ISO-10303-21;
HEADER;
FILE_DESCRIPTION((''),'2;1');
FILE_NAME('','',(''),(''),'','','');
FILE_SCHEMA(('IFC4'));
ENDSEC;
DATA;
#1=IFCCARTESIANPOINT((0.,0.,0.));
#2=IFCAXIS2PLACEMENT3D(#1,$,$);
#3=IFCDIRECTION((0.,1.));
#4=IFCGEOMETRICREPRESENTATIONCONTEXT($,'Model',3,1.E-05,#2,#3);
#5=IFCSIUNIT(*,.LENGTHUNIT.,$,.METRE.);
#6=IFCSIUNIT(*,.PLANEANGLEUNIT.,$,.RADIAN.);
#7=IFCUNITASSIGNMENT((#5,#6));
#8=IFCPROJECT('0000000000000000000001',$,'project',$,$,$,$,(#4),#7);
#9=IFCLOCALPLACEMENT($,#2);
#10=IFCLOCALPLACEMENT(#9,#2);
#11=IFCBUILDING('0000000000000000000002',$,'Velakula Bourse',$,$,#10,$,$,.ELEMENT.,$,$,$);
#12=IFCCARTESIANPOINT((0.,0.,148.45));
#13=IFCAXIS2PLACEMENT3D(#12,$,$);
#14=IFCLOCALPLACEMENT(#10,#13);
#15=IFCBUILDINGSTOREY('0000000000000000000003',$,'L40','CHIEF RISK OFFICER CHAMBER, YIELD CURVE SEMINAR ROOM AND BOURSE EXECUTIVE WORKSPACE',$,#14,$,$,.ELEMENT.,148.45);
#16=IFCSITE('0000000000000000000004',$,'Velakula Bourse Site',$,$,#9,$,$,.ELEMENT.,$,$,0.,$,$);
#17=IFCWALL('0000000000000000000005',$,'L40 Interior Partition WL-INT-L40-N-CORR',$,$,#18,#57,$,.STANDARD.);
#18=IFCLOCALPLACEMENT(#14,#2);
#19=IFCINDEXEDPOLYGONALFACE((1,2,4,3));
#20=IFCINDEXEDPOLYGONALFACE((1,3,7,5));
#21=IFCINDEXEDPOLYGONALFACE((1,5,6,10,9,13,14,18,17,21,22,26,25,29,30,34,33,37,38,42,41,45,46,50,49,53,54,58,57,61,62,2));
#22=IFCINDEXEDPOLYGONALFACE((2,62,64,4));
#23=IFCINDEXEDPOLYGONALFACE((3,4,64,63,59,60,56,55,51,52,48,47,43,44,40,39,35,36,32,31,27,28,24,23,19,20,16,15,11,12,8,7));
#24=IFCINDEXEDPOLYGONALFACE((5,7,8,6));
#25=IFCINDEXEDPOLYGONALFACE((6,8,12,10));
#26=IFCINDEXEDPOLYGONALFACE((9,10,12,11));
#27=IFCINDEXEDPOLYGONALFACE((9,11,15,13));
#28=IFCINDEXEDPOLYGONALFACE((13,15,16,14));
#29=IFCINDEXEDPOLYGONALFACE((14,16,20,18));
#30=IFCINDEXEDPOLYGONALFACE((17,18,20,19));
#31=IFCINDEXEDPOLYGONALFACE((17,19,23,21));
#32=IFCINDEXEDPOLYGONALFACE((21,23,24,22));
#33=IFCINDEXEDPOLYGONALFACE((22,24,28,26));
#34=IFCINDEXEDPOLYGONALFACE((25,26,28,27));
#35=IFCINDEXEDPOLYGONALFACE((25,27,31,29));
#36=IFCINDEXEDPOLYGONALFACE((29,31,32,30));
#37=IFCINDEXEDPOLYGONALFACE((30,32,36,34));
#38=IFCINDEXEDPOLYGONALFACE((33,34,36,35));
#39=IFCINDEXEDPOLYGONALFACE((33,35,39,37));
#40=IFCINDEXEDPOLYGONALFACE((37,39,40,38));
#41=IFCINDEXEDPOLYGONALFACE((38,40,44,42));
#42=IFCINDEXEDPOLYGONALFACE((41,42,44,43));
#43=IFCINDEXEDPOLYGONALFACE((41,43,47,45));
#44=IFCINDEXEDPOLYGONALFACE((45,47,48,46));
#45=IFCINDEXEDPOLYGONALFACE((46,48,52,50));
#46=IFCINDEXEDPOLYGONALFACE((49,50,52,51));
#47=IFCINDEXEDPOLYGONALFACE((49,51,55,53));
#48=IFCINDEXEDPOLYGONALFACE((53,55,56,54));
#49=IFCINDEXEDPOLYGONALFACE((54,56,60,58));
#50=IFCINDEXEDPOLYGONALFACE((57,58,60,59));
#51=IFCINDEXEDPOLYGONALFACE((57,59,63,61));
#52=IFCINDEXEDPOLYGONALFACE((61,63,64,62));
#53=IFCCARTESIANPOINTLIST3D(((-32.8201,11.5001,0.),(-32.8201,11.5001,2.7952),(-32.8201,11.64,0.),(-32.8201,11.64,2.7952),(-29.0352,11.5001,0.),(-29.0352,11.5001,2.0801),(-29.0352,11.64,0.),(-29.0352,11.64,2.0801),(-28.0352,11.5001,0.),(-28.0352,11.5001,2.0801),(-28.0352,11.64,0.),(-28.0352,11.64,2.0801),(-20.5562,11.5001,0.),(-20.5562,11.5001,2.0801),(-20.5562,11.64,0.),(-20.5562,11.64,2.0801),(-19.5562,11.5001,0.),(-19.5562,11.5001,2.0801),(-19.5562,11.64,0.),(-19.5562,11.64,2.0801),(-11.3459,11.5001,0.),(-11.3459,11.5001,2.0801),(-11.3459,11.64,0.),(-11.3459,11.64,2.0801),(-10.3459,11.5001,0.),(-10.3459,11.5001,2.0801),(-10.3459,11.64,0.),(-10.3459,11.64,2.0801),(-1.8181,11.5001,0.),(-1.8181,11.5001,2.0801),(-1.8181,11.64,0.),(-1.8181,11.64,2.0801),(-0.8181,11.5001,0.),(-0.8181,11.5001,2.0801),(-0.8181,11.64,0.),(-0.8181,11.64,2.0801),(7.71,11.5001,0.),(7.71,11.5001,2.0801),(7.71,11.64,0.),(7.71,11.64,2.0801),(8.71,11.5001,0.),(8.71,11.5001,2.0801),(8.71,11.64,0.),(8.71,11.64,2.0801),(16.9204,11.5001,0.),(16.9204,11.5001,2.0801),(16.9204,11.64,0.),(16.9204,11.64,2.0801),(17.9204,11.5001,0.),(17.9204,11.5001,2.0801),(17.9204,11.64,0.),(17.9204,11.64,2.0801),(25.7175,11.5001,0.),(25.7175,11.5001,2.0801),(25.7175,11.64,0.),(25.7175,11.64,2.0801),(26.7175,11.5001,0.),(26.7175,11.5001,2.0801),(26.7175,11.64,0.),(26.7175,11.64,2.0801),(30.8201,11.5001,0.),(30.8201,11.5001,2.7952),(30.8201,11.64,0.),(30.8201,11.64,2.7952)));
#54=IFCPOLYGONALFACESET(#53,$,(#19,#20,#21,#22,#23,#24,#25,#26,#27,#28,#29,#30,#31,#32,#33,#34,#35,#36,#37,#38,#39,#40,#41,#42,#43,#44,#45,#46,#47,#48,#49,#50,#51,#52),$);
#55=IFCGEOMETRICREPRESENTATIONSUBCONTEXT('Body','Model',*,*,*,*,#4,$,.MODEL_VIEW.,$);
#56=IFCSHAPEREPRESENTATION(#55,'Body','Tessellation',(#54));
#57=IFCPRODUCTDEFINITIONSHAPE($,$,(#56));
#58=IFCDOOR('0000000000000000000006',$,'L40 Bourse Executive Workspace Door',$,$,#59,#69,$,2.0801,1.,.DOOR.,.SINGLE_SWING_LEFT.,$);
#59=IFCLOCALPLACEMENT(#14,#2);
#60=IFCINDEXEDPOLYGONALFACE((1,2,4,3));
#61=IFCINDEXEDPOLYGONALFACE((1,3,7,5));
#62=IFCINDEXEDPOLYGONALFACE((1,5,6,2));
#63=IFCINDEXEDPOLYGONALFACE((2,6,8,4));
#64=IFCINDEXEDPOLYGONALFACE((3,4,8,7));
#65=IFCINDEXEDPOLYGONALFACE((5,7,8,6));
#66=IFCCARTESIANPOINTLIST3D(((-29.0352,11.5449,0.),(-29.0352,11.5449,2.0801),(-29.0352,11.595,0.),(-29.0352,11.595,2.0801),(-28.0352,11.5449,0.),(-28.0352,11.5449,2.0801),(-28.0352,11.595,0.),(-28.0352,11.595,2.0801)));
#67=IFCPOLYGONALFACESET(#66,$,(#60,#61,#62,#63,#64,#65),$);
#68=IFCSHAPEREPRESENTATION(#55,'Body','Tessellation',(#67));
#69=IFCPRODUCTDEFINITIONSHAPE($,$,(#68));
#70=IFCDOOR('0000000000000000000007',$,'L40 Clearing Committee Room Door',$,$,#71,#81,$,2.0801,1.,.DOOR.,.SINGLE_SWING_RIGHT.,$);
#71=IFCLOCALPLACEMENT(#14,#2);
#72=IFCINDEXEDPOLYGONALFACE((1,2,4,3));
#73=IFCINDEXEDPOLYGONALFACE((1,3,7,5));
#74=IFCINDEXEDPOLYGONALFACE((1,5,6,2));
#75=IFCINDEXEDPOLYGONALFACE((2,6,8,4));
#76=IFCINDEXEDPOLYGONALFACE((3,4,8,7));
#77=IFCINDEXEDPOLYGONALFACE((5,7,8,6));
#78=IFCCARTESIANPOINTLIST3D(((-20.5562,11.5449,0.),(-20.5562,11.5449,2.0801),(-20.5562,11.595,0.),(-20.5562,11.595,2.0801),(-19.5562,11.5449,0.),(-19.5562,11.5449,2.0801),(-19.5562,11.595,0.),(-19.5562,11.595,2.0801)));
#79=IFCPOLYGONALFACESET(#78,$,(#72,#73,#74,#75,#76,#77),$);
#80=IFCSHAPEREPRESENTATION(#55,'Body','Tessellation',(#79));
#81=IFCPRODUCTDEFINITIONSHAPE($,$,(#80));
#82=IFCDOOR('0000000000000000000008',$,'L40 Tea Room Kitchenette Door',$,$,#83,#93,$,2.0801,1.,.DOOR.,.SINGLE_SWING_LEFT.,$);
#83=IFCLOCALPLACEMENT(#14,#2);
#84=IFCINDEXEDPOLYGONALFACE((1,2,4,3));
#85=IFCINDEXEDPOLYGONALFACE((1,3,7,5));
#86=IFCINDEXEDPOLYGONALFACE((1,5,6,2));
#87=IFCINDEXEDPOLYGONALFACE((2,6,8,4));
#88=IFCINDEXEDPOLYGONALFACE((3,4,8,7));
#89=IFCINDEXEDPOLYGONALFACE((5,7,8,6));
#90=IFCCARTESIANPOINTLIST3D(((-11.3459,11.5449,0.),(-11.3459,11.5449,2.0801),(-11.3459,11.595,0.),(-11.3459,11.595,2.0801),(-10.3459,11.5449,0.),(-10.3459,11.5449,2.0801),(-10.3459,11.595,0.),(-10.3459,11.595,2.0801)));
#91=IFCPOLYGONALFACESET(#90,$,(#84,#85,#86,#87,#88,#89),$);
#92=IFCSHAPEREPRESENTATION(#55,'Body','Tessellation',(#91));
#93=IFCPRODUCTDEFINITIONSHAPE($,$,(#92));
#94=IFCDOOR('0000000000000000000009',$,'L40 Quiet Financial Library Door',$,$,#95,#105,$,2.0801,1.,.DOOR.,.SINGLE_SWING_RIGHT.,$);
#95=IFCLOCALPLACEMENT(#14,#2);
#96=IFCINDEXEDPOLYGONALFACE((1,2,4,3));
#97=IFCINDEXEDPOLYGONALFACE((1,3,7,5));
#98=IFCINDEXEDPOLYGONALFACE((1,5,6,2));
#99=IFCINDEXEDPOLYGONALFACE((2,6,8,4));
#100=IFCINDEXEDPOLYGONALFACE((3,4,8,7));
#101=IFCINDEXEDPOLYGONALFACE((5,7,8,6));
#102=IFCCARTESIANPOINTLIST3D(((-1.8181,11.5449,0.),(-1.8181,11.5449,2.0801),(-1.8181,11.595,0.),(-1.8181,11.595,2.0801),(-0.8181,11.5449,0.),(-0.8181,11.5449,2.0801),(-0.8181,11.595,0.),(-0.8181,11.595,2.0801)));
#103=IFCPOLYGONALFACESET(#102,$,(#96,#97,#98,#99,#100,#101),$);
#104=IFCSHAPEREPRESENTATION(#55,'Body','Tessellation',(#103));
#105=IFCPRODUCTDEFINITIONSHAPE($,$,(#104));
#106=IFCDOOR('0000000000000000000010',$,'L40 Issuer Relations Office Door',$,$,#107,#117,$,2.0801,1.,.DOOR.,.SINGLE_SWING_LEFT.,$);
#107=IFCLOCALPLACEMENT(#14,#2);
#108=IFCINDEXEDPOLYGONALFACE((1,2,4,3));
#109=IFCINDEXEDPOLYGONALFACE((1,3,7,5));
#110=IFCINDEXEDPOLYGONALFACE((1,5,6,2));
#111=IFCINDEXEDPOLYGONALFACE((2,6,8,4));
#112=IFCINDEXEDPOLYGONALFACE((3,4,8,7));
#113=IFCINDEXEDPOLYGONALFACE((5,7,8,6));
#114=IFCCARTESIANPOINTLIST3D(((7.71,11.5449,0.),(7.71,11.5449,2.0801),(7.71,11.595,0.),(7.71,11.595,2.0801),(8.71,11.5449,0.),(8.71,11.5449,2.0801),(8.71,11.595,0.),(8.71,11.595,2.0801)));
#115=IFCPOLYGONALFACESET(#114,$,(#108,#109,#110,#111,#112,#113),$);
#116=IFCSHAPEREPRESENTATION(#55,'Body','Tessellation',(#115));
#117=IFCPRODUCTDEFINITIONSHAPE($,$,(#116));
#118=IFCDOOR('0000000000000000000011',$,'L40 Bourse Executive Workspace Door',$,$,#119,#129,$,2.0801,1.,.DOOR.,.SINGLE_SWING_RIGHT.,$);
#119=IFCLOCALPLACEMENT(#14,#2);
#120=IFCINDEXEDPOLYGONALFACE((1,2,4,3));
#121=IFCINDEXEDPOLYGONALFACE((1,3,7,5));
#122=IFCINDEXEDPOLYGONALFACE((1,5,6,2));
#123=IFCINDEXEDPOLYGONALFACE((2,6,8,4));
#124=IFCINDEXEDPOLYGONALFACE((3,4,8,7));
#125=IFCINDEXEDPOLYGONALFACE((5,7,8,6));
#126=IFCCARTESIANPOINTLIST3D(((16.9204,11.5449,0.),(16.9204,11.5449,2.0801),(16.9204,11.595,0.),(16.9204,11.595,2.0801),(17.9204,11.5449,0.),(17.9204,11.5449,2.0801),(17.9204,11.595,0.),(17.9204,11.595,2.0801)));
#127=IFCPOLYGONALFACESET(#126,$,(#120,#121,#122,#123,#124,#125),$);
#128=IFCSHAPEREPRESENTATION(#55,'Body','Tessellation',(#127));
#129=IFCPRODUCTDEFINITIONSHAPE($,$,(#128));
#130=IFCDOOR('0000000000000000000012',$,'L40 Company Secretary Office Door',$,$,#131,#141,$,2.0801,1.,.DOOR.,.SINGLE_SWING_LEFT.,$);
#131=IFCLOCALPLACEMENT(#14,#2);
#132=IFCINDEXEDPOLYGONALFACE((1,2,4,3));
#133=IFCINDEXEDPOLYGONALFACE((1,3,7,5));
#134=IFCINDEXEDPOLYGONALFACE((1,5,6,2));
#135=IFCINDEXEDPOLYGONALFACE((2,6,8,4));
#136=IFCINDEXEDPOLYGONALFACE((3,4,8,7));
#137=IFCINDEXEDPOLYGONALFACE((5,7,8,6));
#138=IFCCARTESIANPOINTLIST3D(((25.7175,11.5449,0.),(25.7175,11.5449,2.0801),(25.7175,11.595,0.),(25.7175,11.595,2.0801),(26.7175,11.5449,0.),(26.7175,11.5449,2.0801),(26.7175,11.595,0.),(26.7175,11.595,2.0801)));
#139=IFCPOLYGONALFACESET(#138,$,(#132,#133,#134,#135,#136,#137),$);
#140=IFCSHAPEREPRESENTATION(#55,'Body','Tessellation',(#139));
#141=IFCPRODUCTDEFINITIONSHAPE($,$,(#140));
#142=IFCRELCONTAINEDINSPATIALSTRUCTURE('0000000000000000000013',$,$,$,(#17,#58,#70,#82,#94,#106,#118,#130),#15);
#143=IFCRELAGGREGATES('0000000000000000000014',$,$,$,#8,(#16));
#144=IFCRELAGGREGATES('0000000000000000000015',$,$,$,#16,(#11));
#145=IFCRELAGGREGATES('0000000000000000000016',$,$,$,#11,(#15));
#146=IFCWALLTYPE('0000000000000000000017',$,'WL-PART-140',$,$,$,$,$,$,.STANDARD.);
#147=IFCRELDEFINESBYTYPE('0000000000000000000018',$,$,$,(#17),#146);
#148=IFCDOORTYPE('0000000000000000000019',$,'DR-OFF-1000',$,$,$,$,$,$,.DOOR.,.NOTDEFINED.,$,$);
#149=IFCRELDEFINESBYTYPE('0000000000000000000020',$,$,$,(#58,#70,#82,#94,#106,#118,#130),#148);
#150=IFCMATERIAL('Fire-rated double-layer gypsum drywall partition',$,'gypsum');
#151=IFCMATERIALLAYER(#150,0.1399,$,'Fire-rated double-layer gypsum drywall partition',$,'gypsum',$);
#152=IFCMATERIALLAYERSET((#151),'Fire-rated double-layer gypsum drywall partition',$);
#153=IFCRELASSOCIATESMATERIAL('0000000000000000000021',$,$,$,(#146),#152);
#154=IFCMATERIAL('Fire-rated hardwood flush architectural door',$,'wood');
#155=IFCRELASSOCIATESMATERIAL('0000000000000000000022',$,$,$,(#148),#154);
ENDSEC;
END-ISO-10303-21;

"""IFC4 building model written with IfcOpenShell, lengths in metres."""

from ifc_helpers import new_model, si_unit, direction, frame, frame_2d, origin, place, context, subcontext, project, spatial, rectangle, extrude, material, layer, layer_set, type_object, element, fill, save


model = new_model("IFC4")

# Units and contexts
model_context = context("Model", 3, precision=1e-05, world=origin(), true_north=direction((0.0, 1.0)))
body_context = subcontext(model_context, "Body", "Model", "MODEL_VIEW")
ifc_project = project(units=[si_unit("LENGTHUNIT", "METRE"), si_unit("PLANEANGLEUNIT", "RADIAN")], contexts=[model_context])

# Site, building, storey
site_placement = place(None, origin())
site = spatial("IfcSite", under=ifc_project, at=site_placement, Name="Velakula Bourse Site", CompositionType="ELEMENT", RefElevation=0.0)
building_placement = place(site_placement, origin())
building = spatial("IfcBuilding", under=site, at=building_placement, Name="Velakula Bourse", CompositionType="ELEMENT")
storey_placement = place(building_placement, frame((0.0, 0.0, 148.45)))
storey = spatial("IfcBuildingStorey", under=building, at=storey_placement, Name="L40", Description="CHIEF RISK OFFICER CHAMBER, YIELD CURVE SEMINAR ROOM AND BOURSE EXECUTIVE WORKSPACE", CompositionType="ELEMENT", Elevation=148.45)

# Wall, openings, doors
ifc_material_1 = material(Name="Fire-rated double-layer gypsum drywall partition", Category="gypsum")
ifc_layer_1 = layer(ifc_material_1, 0.1399, Name="Fire-rated double-layer gypsum drywall partition", Category="gypsum")
ifc_layer_set_1 = layer_set([ifc_layer_1], Name="Fire-rated double-layer gypsum drywall partition")
wall_type_1 = type_object("IfcWallType", Name="WL-PART-140", PredefinedType="STANDARD", material=ifc_layer_set_1)
wall_1_placement = place(storey_placement, frame((-32.8201, 11.5701, 0.0), z_axis=(0.0, 0.0, 1.0), x_axis=(1.0, 0.0, 0.0)))
wall_1 = element("IfcWall", 1, at=wall_1_placement, inside=storey, type_object=wall_type_1, Name="L40 Interior Partition WL-INT-L40-N-CORR", PredefinedType="STANDARD", context=body_context, shape_type="SweptSolid", body=[
    extrude(rectangle(XDim=63.6401, YDim=0.1399, at=frame_2d((31.8201, 0.0))), origin(), (0.0, 0.0, 1.0), 2.7952),
])
opening_1_placement = place(wall_1_placement, frame((3.7849, 0.0, 0.0)))
opening_1 = element("IfcOpeningElement", 2, at=opening_1_placement, cuts=wall_1, PredefinedType="OPENING", context=body_context, shape_type="SweptSolid", body=[
    extrude(rectangle(XDim=1.0, YDim=2.0801, at=frame_2d((0.5, 1.04))), frame((0.0, 0.0798, 0.0), z_axis=(0.0, -1.0, 0.0), x_axis=(1.0, 0.0, 0.0)), (0.0, 0.0, 1.0), 0.1599),
])
opening_2_placement = place(wall_1_placement, frame((12.2639, 0.0, 0.0)))
opening_2 = element("IfcOpeningElement", 3, at=opening_2_placement, cuts=wall_1, PredefinedType="OPENING", context=body_context, shape_type="SweptSolid", body=[
    extrude(rectangle(XDim=1.0, YDim=2.0801, at=frame_2d((0.5, 1.04))), frame((0.0, 0.0798, 0.0), z_axis=(0.0, -1.0, 0.0), x_axis=(1.0, 0.0, 0.0)), (0.0, 0.0, 1.0), 0.1599),
])
opening_3_placement = place(wall_1_placement, frame((21.4741, 0.0, 0.0)))
opening_3 = element("IfcOpeningElement", 4, at=opening_3_placement, cuts=wall_1, PredefinedType="OPENING", context=body_context, shape_type="SweptSolid", body=[
    extrude(rectangle(XDim=1.0, YDim=2.0801, at=frame_2d((0.5, 1.04))), frame((0.0, 0.0798, 0.0), z_axis=(0.0, -1.0, 0.0), x_axis=(1.0, 0.0, 0.0)), (0.0, 0.0, 1.0), 0.1599),
])
opening_4_placement = place(wall_1_placement, frame((31.002, 0.0, 0.0)))
opening_4 = element("IfcOpeningElement", 5, at=opening_4_placement, cuts=wall_1, PredefinedType="OPENING", context=body_context, shape_type="SweptSolid", body=[
    extrude(rectangle(XDim=1.0, YDim=2.0801, at=frame_2d((0.5, 1.04))), frame((0.0, 0.0798, 0.0), z_axis=(0.0, -1.0, 0.0), x_axis=(1.0, 0.0, 0.0)), (0.0, 0.0, 1.0), 0.1599),
])
opening_5_placement = place(wall_1_placement, frame((40.53, 0.0, 0.0)))
opening_5 = element("IfcOpeningElement", 6, at=opening_5_placement, cuts=wall_1, PredefinedType="OPENING", context=body_context, shape_type="SweptSolid", body=[
    extrude(rectangle(XDim=1.0, YDim=2.0801, at=frame_2d((0.5, 1.04))), frame((0.0, 0.0798, 0.0), z_axis=(0.0, -1.0, 0.0), x_axis=(1.0, 0.0, 0.0)), (0.0, 0.0, 1.0), 0.1599),
])
opening_6_placement = place(wall_1_placement, frame((49.7405, 0.0, 0.0)))
opening_6 = element("IfcOpeningElement", 7, at=opening_6_placement, cuts=wall_1, PredefinedType="OPENING", context=body_context, shape_type="SweptSolid", body=[
    extrude(rectangle(XDim=1.0, YDim=2.0801, at=frame_2d((0.5, 1.04))), frame((0.0, 0.0798, 0.0), z_axis=(0.0, -1.0, 0.0), x_axis=(1.0, 0.0, 0.0)), (0.0, 0.0, 1.0), 0.1599),
])
opening_7_placement = place(wall_1_placement, frame((58.5376, 0.0, 0.0)))
opening_7 = element("IfcOpeningElement", 8, at=opening_7_placement, cuts=wall_1, PredefinedType="OPENING", context=body_context, shape_type="SweptSolid", body=[
    extrude(rectangle(XDim=1.0, YDim=2.0801, at=frame_2d((0.5, 1.04))), frame((0.0, 0.0798, 0.0), z_axis=(0.0, -1.0, 0.0), x_axis=(1.0, 0.0, 0.0)), (0.0, 0.0, 1.0), 0.1599),
])
ifc_material_2 = material(Name="Fire-rated hardwood flush architectural door", Category="wood")
door_type = type_object("IfcDoorType", Name="DR-OFF-1000", OperationType="NOTDEFINED", PredefinedType="DOOR", material=ifc_material_2)
door_1_placement = place(opening_1_placement, origin())
door_1 = element("IfcDoor", 9, at=door_1_placement, inside=storey, type_object=door_type, Name="L40 Bourse Executive Workspace Door", OperationType="SINGLE_SWING_LEFT", OverallHeight=2.0801, OverallWidth=1.0, PredefinedType="DOOR", context=body_context, shape_type="SweptSolid", body=[
    extrude(rectangle(XDim=1.0, YDim=2.0801, at=frame_2d((0.5, 1.04))), frame((0.0, 0.0249, 0.0), z_axis=(0.0, -1.0, 0.0), x_axis=(1.0, 0.0, 0.0)), (0.0, 0.0, 1.0), 0.05),
])
fill(opening_1, door_1)
door_2_placement = place(opening_2_placement, origin())
door_2 = element("IfcDoor", 10, at=door_2_placement, inside=storey, type_object=door_type, Name="L40 Clearing Committee Room Door", OperationType="SINGLE_SWING_RIGHT", OverallHeight=2.0801, OverallWidth=1.0, PredefinedType="DOOR", context=body_context, shape_type="SweptSolid", body=[
    extrude(rectangle(XDim=1.0, YDim=2.0801, at=frame_2d((0.5, 1.04))), frame((0.0, 0.0249, 0.0), z_axis=(0.0, -1.0, 0.0), x_axis=(1.0, 0.0, 0.0)), (0.0, 0.0, 1.0), 0.05),
])
fill(opening_2, door_2)
door_3_placement = place(opening_3_placement, origin())
door_3 = element("IfcDoor", 11, at=door_3_placement, inside=storey, type_object=door_type, Name="L40 Tea Room Kitchenette Door", OperationType="SINGLE_SWING_LEFT", OverallHeight=2.0801, OverallWidth=1.0, PredefinedType="DOOR", context=body_context, shape_type="SweptSolid", body=[
    extrude(rectangle(XDim=1.0, YDim=2.0801, at=frame_2d((0.5, 1.04))), frame((0.0, 0.0249, 0.0), z_axis=(0.0, -1.0, 0.0), x_axis=(1.0, 0.0, 0.0)), (0.0, 0.0, 1.0), 0.05),
])
fill(opening_3, door_3)
door_4_placement = place(opening_4_placement, origin())
door_4 = element("IfcDoor", 12, at=door_4_placement, inside=storey, type_object=door_type, Name="L40 Quiet Financial Library Door", OperationType="SINGLE_SWING_RIGHT", OverallHeight=2.0801, OverallWidth=1.0, PredefinedType="DOOR", context=body_context, shape_type="SweptSolid", body=[
    extrude(rectangle(XDim=1.0, YDim=2.0801, at=frame_2d((0.5, 1.04))), frame((0.0, 0.0249, 0.0), z_axis=(0.0, -1.0, 0.0), x_axis=(1.0, 0.0, 0.0)), (0.0, 0.0, 1.0), 0.05),
])
fill(opening_4, door_4)
door_5_placement = place(opening_5_placement, origin())
door_5 = element("IfcDoor", 13, at=door_5_placement, inside=storey, type_object=door_type, Name="L40 Issuer Relations Office Door", OperationType="SINGLE_SWING_LEFT", OverallHeight=2.0801, OverallWidth=1.0, PredefinedType="DOOR", context=body_context, shape_type="SweptSolid", body=[
    extrude(rectangle(XDim=1.0, YDim=2.0801, at=frame_2d((0.5, 1.04))), frame((0.0, 0.0249, 0.0), z_axis=(0.0, -1.0, 0.0), x_axis=(1.0, 0.0, 0.0)), (0.0, 0.0, 1.0), 0.05),
])
fill(opening_5, door_5)
door_6_placement = place(opening_6_placement, origin())
door_6 = element("IfcDoor", 14, at=door_6_placement, inside=storey, type_object=door_type, Name="L40 Bourse Executive Workspace Door", OperationType="SINGLE_SWING_RIGHT", OverallHeight=2.0801, OverallWidth=1.0, PredefinedType="DOOR", context=body_context, shape_type="SweptSolid", body=[
    extrude(rectangle(XDim=1.0, YDim=2.0801, at=frame_2d((0.5, 1.04))), frame((0.0, 0.0249, 0.0), z_axis=(0.0, -1.0, 0.0), x_axis=(1.0, 0.0, 0.0)), (0.0, 0.0, 1.0), 0.05),
])
fill(opening_6, door_6)
door_7_placement = place(opening_7_placement, origin())
door_7 = element("IfcDoor", 15, at=door_7_placement, inside=storey, type_object=door_type, Name="L40 Company Secretary Office Door", OperationType="SINGLE_SWING_LEFT", OverallHeight=2.0801, OverallWidth=1.0, PredefinedType="DOOR", context=body_context, shape_type="SweptSolid", body=[
    extrude(rectangle(XDim=1.0, YDim=2.0801, at=frame_2d((0.5, 1.04))), frame((0.0, 0.0249, 0.0), z_axis=(0.0, -1.0, 0.0), x_axis=(1.0, 0.0, 0.0)), (0.0, 0.0, 1.0), 0.05),
])
fill(opening_7, door_7)

save(model, "model.ifc")
